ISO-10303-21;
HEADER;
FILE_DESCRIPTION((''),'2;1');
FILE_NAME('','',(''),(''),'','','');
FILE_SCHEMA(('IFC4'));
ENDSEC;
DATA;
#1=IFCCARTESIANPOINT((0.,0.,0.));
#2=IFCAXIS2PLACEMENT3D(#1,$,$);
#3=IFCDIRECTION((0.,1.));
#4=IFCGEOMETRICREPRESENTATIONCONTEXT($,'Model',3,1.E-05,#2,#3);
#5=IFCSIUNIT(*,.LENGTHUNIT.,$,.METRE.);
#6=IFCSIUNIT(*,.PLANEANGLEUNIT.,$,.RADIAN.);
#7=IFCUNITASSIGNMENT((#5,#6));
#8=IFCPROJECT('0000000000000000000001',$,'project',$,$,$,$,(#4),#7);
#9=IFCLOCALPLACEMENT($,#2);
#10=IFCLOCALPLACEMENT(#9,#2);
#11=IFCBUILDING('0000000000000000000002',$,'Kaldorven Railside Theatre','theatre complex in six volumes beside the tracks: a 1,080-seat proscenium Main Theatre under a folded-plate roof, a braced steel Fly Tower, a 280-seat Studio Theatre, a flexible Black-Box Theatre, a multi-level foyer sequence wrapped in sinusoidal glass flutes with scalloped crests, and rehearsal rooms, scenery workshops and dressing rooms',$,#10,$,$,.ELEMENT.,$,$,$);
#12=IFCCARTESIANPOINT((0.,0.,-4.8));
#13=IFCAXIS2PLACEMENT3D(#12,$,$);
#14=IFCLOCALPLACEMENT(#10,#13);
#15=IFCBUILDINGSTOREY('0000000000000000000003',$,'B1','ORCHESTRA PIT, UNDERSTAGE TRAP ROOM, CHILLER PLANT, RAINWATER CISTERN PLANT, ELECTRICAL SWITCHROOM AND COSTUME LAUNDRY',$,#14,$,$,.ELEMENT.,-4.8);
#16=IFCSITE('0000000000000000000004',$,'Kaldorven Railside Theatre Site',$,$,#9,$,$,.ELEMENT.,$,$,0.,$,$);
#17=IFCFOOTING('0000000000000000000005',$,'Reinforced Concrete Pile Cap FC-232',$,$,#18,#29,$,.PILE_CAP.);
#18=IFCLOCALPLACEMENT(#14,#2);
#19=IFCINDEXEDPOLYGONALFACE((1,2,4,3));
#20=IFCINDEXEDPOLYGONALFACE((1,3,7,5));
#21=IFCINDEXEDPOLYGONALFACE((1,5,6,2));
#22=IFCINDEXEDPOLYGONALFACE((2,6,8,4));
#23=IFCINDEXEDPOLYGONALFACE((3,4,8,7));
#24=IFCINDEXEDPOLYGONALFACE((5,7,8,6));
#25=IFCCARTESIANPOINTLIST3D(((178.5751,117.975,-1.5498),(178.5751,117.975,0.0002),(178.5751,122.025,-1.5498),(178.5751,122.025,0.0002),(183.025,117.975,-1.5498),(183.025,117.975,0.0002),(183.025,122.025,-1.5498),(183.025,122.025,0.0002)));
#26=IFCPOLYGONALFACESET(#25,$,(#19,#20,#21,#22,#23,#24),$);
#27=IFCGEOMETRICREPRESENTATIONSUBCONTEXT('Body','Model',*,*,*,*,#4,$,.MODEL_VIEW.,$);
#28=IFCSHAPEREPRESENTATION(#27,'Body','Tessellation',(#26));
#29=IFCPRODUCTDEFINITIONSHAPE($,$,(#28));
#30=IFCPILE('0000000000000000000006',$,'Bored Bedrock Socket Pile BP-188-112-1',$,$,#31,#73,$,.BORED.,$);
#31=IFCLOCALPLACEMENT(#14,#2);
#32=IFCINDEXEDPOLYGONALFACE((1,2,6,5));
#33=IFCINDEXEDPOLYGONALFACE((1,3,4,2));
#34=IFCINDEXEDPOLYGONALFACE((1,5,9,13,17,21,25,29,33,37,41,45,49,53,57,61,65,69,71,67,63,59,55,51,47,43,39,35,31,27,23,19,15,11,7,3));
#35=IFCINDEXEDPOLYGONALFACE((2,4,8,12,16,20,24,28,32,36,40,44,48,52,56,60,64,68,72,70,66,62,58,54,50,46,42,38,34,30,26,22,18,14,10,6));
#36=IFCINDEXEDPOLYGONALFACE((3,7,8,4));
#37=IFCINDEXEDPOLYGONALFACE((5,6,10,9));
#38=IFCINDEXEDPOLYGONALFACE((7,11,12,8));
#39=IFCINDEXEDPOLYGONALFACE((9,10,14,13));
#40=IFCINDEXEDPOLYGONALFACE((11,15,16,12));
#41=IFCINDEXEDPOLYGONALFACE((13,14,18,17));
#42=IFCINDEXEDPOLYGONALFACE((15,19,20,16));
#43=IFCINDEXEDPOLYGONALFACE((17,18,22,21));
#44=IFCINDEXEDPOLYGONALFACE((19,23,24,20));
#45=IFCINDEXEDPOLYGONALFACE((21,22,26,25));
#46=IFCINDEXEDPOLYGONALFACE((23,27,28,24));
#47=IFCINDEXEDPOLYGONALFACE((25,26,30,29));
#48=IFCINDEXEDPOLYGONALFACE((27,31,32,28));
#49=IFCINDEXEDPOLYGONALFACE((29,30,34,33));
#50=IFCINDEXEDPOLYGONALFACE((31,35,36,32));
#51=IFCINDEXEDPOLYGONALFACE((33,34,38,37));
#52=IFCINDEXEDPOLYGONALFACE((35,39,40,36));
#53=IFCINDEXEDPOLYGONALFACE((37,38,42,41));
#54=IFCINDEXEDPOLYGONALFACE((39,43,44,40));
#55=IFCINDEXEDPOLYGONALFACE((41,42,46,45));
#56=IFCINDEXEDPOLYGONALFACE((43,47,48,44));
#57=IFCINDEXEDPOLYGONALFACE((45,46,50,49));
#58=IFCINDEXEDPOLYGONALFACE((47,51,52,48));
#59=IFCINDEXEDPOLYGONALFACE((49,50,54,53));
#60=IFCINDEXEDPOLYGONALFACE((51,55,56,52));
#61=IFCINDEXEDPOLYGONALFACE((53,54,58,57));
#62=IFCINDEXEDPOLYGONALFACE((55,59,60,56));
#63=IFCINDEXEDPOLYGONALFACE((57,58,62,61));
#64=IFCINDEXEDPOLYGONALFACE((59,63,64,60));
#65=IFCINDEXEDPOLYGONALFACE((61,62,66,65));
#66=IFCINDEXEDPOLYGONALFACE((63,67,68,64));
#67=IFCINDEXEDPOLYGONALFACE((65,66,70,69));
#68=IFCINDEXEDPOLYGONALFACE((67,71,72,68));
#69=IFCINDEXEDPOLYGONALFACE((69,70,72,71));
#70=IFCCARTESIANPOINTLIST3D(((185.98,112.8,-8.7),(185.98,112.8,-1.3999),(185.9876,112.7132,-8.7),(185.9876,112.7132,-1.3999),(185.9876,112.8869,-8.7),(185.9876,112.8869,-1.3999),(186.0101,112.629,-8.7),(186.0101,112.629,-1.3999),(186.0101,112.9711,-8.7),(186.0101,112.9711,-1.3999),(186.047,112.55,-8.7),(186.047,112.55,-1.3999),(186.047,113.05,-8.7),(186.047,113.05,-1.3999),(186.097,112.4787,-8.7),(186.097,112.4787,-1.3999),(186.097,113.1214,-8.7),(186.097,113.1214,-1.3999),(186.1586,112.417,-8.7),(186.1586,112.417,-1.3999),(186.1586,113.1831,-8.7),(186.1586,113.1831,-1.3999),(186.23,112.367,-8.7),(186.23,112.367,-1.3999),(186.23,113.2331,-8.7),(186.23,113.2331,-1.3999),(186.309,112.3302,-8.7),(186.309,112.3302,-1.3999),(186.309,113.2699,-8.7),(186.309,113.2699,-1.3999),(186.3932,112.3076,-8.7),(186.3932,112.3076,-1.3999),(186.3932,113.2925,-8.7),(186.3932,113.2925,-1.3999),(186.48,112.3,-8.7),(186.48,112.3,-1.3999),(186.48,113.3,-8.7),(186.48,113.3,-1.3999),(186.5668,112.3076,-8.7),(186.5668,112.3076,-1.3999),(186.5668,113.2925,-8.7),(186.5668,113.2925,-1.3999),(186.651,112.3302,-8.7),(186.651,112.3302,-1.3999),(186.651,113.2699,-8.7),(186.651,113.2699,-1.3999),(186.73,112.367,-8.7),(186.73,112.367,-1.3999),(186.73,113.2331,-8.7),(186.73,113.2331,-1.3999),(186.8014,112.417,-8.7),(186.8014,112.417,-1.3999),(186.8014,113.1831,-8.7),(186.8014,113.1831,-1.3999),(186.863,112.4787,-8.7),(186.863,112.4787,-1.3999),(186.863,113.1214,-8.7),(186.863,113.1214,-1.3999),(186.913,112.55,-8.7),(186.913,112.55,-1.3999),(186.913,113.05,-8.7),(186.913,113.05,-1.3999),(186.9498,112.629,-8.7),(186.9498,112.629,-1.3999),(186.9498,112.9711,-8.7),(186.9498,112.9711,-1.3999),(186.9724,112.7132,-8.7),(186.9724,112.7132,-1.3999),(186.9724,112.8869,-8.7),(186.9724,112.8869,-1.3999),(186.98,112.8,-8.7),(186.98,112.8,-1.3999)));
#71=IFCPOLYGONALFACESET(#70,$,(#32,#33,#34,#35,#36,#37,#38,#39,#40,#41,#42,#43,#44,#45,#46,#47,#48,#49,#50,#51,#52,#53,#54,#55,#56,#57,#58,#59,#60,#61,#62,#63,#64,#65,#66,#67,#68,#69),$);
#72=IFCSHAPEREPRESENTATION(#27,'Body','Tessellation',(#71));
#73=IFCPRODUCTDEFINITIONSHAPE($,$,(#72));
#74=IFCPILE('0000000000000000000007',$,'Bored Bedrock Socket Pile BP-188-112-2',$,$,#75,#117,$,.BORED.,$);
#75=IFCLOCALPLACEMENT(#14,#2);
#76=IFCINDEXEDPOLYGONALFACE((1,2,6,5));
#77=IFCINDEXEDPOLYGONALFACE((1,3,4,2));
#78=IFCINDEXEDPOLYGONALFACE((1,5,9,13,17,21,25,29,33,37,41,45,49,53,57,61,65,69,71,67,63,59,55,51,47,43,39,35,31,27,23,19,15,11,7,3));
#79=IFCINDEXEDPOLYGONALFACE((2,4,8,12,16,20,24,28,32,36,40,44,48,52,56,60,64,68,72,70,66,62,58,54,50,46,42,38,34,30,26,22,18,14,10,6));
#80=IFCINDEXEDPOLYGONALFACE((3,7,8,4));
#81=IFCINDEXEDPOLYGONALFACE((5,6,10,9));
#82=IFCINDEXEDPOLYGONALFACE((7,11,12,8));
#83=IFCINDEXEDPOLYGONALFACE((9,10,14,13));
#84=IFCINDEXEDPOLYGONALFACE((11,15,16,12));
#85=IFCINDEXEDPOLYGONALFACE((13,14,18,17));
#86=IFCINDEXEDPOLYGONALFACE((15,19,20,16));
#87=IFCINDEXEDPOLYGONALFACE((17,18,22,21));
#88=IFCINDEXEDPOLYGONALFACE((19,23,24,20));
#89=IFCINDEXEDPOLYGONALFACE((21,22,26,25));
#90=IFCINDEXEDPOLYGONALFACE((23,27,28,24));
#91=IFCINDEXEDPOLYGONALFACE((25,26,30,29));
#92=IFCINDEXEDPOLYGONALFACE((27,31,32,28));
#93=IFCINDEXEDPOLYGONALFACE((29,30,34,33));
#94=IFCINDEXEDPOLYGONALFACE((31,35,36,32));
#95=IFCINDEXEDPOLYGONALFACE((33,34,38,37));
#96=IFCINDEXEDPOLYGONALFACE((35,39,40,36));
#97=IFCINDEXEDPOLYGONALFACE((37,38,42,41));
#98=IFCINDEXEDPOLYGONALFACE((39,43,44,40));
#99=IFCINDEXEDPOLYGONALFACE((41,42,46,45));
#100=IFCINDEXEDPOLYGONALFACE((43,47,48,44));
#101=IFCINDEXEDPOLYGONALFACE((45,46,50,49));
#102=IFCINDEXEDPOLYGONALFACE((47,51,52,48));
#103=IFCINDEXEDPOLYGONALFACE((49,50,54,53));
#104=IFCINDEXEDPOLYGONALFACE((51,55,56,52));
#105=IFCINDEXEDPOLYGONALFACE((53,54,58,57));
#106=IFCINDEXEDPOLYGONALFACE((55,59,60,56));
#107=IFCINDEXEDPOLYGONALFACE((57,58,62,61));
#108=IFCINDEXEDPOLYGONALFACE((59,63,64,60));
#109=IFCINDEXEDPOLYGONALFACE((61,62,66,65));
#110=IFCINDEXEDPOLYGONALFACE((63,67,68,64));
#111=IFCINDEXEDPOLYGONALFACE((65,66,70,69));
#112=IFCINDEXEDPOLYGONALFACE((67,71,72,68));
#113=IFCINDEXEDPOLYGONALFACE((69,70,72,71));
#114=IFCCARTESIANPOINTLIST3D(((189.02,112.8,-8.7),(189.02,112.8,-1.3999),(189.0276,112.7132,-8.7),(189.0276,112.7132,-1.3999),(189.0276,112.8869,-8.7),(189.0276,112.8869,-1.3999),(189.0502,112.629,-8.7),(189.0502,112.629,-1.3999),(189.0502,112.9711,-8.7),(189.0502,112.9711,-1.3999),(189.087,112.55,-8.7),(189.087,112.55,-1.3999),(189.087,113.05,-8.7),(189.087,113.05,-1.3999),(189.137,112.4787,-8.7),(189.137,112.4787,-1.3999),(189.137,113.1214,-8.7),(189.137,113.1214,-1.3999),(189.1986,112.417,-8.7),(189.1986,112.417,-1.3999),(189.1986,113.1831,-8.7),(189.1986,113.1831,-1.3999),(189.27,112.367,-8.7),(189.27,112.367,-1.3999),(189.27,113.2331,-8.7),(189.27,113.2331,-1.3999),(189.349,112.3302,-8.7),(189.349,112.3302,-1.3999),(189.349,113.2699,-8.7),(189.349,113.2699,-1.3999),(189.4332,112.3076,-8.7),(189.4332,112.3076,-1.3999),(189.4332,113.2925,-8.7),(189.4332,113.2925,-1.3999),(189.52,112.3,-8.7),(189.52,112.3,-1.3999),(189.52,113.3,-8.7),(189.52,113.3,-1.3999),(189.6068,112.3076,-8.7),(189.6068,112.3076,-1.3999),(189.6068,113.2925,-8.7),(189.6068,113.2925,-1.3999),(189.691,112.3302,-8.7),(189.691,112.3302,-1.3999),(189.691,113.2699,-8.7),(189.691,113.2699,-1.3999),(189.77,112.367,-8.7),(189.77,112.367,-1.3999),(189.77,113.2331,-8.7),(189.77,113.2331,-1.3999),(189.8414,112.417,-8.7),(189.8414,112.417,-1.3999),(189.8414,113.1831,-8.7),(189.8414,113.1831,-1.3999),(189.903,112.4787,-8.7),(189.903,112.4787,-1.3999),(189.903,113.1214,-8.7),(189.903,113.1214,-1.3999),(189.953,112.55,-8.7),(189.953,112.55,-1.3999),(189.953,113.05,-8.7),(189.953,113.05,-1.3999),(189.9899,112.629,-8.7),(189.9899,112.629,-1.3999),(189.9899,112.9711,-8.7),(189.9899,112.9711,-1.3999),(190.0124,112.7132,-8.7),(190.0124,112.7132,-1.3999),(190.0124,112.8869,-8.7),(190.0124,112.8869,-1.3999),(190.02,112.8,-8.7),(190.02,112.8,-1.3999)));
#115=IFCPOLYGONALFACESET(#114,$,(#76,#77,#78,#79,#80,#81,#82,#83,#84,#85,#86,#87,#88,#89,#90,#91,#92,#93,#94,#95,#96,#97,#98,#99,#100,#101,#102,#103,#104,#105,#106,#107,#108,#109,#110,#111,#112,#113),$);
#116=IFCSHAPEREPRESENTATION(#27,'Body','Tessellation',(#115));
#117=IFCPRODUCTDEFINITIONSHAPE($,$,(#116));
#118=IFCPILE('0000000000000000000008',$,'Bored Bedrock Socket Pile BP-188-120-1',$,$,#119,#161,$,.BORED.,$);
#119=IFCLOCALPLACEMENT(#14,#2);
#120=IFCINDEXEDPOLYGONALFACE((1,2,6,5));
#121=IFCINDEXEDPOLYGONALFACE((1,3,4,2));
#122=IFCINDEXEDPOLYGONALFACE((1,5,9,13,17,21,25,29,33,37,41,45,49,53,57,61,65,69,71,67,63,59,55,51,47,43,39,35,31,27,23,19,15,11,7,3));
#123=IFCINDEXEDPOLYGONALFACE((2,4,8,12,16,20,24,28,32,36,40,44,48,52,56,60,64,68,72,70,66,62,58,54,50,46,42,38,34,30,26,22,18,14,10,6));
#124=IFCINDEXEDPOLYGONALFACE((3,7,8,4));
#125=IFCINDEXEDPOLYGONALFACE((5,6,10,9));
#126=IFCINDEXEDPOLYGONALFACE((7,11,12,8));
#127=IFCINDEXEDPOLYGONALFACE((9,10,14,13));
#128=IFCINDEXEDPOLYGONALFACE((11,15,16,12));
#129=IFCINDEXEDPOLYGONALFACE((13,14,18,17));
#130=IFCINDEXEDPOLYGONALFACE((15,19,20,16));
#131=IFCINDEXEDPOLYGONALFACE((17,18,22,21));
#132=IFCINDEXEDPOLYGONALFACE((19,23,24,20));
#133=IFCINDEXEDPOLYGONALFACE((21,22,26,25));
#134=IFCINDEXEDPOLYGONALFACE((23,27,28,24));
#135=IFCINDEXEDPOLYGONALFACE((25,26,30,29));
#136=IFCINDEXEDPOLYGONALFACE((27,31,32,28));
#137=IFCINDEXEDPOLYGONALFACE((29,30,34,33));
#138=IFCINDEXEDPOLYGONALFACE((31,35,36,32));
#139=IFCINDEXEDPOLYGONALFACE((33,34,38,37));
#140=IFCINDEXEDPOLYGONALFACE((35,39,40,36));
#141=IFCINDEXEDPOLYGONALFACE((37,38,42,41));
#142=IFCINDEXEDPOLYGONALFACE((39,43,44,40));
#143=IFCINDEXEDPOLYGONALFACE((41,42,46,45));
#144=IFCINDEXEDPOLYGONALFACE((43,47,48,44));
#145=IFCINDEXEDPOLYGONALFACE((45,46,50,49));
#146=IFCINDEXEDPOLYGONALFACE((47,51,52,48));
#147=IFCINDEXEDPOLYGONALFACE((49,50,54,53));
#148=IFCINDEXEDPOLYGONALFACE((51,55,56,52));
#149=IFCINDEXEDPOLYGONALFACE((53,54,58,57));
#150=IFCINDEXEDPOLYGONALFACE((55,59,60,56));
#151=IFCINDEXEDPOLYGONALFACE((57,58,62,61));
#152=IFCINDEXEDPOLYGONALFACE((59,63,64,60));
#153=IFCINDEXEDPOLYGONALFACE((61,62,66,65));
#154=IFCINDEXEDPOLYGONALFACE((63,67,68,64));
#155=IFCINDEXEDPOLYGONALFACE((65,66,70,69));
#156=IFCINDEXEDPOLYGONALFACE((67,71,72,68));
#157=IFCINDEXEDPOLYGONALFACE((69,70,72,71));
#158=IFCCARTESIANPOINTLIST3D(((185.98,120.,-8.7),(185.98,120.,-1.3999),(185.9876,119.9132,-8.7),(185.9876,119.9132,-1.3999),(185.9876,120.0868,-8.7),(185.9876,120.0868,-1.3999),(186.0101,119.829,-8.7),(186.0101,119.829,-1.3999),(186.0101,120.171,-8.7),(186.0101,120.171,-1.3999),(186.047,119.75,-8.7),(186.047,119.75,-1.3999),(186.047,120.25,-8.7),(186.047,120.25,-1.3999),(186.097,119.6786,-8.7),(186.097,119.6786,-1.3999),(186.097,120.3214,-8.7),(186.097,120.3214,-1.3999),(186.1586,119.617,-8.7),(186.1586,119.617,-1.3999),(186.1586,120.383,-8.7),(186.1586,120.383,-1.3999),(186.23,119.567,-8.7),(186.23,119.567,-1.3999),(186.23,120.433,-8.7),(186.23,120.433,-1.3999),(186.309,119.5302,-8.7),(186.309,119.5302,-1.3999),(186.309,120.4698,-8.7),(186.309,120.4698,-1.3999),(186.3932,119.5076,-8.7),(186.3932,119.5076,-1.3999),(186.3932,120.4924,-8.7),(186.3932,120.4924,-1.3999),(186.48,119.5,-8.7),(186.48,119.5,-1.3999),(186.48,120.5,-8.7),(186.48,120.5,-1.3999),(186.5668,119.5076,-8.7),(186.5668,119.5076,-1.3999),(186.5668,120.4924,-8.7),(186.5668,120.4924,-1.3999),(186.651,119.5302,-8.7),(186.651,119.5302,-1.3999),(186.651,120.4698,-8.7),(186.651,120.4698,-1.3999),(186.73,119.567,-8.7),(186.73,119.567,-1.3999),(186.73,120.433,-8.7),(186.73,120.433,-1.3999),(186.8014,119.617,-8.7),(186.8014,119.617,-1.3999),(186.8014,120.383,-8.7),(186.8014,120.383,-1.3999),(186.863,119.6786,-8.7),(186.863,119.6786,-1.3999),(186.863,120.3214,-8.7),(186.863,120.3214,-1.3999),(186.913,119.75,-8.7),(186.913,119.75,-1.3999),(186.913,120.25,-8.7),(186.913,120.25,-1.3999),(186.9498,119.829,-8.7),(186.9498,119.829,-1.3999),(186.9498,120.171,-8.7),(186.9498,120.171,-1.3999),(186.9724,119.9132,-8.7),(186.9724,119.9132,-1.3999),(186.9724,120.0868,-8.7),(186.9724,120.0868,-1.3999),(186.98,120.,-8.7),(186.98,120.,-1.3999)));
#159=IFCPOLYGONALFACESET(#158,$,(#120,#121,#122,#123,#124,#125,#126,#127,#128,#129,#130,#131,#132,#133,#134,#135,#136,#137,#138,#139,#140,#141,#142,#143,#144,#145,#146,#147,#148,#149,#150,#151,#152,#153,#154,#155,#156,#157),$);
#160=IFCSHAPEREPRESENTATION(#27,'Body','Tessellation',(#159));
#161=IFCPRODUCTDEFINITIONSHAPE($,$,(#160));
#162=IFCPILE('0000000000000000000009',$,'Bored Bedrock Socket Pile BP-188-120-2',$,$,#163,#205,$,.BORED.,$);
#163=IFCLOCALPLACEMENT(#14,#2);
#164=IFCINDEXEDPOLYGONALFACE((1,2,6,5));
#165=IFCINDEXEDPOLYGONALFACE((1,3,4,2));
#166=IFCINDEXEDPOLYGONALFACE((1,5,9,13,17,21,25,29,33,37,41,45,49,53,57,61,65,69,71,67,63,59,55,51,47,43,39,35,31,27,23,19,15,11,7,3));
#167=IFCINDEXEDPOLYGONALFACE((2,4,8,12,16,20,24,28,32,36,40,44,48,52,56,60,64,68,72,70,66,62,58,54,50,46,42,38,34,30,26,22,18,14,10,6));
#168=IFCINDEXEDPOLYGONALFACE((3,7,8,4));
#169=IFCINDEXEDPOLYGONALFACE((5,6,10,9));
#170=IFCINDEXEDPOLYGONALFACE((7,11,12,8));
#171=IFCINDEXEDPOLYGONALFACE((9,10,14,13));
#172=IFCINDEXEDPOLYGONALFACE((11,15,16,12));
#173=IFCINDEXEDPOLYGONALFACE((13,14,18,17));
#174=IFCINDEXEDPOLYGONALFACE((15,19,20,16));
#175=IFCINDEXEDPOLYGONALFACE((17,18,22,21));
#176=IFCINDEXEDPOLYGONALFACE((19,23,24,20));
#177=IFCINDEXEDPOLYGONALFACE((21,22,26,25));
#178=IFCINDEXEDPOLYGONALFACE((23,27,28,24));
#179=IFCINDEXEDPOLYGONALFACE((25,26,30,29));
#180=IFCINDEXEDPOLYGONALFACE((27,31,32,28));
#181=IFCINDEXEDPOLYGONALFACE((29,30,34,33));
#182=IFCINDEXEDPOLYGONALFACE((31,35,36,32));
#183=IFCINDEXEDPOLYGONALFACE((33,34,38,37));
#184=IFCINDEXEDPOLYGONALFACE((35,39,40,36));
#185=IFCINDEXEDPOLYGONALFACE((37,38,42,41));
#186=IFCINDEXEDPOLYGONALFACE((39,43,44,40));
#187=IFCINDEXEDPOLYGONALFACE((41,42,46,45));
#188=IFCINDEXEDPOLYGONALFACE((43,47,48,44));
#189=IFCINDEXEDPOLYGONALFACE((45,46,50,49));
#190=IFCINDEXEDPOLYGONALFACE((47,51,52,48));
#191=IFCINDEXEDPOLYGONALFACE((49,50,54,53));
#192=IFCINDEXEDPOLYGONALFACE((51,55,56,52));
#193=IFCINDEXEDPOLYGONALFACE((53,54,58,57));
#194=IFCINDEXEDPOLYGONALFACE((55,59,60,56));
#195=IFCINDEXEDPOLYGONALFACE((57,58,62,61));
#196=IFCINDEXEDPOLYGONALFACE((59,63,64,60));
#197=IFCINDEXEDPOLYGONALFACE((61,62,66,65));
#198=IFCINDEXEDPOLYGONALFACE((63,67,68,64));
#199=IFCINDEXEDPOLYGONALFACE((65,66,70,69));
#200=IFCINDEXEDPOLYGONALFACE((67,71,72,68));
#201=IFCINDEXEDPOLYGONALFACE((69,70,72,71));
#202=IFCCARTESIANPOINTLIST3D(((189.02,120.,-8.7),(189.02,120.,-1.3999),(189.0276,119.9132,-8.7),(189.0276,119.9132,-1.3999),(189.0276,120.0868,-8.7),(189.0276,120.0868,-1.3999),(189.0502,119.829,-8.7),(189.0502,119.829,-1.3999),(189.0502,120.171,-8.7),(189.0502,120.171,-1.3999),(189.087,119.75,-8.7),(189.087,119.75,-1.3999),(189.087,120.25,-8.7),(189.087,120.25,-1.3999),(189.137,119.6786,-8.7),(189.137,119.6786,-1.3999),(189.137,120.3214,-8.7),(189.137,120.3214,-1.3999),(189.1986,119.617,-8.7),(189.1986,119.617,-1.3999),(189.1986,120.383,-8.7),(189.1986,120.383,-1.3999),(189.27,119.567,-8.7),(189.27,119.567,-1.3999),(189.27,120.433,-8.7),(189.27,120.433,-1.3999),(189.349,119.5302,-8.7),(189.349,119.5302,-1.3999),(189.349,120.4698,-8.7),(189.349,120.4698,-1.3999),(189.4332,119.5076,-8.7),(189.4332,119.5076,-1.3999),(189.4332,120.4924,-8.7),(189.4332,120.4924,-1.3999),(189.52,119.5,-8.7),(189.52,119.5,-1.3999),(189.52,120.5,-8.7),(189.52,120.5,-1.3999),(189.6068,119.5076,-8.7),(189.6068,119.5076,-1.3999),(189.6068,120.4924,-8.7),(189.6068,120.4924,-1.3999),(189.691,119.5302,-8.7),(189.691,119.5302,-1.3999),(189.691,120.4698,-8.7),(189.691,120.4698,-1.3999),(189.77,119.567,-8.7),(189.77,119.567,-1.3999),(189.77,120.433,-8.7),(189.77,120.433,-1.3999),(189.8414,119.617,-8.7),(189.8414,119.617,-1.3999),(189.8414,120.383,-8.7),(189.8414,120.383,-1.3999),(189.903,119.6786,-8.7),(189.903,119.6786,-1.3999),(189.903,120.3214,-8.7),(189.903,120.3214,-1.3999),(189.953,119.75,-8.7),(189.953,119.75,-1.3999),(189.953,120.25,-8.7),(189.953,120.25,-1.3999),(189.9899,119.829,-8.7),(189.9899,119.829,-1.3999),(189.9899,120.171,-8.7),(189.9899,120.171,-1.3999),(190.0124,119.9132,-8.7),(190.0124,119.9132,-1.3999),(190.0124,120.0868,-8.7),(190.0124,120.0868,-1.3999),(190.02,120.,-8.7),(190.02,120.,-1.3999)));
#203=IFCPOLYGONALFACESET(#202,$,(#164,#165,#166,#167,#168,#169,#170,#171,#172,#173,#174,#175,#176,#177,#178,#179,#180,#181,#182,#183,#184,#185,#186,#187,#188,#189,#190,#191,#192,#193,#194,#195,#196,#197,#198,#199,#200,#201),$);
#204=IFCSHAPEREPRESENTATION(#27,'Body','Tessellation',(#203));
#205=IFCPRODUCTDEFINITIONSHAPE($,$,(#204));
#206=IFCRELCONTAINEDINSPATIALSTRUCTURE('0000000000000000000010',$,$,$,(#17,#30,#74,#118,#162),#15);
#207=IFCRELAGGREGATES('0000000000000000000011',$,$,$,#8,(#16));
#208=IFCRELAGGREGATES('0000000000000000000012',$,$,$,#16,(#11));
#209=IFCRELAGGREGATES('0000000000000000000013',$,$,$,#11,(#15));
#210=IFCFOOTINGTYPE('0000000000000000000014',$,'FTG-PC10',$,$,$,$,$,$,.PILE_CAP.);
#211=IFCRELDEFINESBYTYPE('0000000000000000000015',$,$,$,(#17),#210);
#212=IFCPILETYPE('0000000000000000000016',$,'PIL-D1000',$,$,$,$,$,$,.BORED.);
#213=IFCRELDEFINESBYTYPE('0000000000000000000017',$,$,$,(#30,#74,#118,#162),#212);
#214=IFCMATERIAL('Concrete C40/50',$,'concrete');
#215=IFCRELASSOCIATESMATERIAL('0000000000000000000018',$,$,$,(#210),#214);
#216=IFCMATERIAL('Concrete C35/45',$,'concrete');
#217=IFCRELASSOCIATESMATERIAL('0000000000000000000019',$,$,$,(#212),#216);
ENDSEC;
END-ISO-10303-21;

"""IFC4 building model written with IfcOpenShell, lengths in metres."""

from ifc_helpers import new_model, si_unit, direction, frame, origin, origin_2d, place, context, subcontext, project, spatial, rectangle, circle, extrude, material, material_profile, profile_set, type_object, element, save


model = new_model("IFC4")

# Units and contexts
model_context = context("Model", 3, precision=1e-05, world=origin(), true_north=direction((0.0, 1.0)))
body_context = subcontext(model_context, "Body", "Model", "MODEL_VIEW")
ifc_project = project(units=[si_unit("LENGTHUNIT", "METRE"), si_unit("PLANEANGLEUNIT", "RADIAN")], contexts=[model_context])

# Site, building, storey
site_placement = place(None, origin())
site = spatial("IfcSite", under=ifc_project, at=site_placement, Name="Kaldorven Railside Theatre Site", CompositionType="ELEMENT", RefElevation=0.0)
building_placement = place(site_placement, origin())
building = spatial("IfcBuilding", under=site, at=building_placement, Name="Kaldorven Railside Theatre", Description="theatre complex in six volumes beside the tracks: a 1,080-seat proscenium Main Theatre under a folded-plate roof, a braced steel Fly Tower, a 280-seat Studio Theatre, a flexible Black-Box Theatre, a multi-level foyer sequence wrapped in sinusoidal glass flutes with scalloped crests, and rehearsal rooms, scenery workshops and dressing rooms", CompositionType="ELEMENT")
storey_placement = place(building_placement, frame((0.0, 0.0, -4.8)))
storey = spatial("IfcBuildingStorey", under=building, at=storey_placement, Name="B1", Description="ORCHESTRA PIT, UNDERSTAGE TRAP ROOM, CHILLER PLANT, RAINWATER CISTERN PLANT, ELECTRICAL SWITCHROOM AND COSTUME LAUNDRY", CompositionType="ELEMENT", Elevation=-4.8)

# Footing
ifc_material_1 = material(Name="Concrete C40/50", Category="concrete")
footing_type_1 = type_object("IfcFootingType", Name="FTG-PC10", PredefinedType="PILE_CAP", material=ifc_material_1)
for number, where, z_axis, x_axis, name in (
    (1, (180.8, 120.0, -1.5498), (0.0, 0.0, 1.0), (1.0, 0.0, 0.0), "Reinforced Concrete Pile Cap FC-232"),
):
    element("IfcFooting", number, at=place(storey_placement, frame(where, z_axis=z_axis, x_axis=x_axis)), inside=storey, type_object=footing_type_1, Name=name, PredefinedType="PILE_CAP", context=body_context, shape_type="SweptSolid", body=[
        extrude(rectangle(XDim=4.45, YDim=4.05, at=origin_2d()), origin(), (0.0, 0.0, 1.0), 1.55),
    ])

# Piles
ifc_material_2 = material(Name="Concrete C35/45", Category="concrete")
ifc_material_profile_1 = material_profile(ifc_material_2, circle(Radius=0.5, at=origin_2d()), Name="BP D1000")
ifc_profile_set_1 = profile_set([ifc_material_profile_1], Name="Concrete C35/45")
pile_type_1 = type_object("IfcPileType", Name="PIL-D1000", PredefinedType="BORED", material=ifc_profile_set_1)
for number, where, z_axis, x_axis, name in (
    (2, (186.48, 112.8, -1.3999), (0.0, 0.0, -1.0), (1.0, 0.0, 0.0), "Bored Bedrock Socket Pile BP-188-112-1"),
    (3, (189.52, 112.8, -1.3999), (0.0, 0.0, -1.0), (1.0, 0.0, 0.0), "Bored Bedrock Socket Pile BP-188-112-2"),
    (4, (186.48, 120.0, -1.3999), (0.0, 0.0, -1.0), (1.0, 0.0, 0.0), "Bored Bedrock Socket Pile BP-188-120-1"),
    (5, (189.52, 120.0, -1.3999), (0.0, 0.0, -1.0), (1.0, 0.0, 0.0), "Bored Bedrock Socket Pile BP-188-120-2"),
):
    element("IfcPile", number, at=place(storey_placement, frame(where, z_axis=z_axis, x_axis=x_axis)), inside=storey, type_object=pile_type_1, Name=name, PredefinedType="BORED", context=body_context, shape_type="SweptSolid", body=[
        extrude(circle(Radius=0.5, at=origin_2d()), origin(), (0.0, 0.0, 1.0), 7.3),
    ])

save(model, "model.ifc")
